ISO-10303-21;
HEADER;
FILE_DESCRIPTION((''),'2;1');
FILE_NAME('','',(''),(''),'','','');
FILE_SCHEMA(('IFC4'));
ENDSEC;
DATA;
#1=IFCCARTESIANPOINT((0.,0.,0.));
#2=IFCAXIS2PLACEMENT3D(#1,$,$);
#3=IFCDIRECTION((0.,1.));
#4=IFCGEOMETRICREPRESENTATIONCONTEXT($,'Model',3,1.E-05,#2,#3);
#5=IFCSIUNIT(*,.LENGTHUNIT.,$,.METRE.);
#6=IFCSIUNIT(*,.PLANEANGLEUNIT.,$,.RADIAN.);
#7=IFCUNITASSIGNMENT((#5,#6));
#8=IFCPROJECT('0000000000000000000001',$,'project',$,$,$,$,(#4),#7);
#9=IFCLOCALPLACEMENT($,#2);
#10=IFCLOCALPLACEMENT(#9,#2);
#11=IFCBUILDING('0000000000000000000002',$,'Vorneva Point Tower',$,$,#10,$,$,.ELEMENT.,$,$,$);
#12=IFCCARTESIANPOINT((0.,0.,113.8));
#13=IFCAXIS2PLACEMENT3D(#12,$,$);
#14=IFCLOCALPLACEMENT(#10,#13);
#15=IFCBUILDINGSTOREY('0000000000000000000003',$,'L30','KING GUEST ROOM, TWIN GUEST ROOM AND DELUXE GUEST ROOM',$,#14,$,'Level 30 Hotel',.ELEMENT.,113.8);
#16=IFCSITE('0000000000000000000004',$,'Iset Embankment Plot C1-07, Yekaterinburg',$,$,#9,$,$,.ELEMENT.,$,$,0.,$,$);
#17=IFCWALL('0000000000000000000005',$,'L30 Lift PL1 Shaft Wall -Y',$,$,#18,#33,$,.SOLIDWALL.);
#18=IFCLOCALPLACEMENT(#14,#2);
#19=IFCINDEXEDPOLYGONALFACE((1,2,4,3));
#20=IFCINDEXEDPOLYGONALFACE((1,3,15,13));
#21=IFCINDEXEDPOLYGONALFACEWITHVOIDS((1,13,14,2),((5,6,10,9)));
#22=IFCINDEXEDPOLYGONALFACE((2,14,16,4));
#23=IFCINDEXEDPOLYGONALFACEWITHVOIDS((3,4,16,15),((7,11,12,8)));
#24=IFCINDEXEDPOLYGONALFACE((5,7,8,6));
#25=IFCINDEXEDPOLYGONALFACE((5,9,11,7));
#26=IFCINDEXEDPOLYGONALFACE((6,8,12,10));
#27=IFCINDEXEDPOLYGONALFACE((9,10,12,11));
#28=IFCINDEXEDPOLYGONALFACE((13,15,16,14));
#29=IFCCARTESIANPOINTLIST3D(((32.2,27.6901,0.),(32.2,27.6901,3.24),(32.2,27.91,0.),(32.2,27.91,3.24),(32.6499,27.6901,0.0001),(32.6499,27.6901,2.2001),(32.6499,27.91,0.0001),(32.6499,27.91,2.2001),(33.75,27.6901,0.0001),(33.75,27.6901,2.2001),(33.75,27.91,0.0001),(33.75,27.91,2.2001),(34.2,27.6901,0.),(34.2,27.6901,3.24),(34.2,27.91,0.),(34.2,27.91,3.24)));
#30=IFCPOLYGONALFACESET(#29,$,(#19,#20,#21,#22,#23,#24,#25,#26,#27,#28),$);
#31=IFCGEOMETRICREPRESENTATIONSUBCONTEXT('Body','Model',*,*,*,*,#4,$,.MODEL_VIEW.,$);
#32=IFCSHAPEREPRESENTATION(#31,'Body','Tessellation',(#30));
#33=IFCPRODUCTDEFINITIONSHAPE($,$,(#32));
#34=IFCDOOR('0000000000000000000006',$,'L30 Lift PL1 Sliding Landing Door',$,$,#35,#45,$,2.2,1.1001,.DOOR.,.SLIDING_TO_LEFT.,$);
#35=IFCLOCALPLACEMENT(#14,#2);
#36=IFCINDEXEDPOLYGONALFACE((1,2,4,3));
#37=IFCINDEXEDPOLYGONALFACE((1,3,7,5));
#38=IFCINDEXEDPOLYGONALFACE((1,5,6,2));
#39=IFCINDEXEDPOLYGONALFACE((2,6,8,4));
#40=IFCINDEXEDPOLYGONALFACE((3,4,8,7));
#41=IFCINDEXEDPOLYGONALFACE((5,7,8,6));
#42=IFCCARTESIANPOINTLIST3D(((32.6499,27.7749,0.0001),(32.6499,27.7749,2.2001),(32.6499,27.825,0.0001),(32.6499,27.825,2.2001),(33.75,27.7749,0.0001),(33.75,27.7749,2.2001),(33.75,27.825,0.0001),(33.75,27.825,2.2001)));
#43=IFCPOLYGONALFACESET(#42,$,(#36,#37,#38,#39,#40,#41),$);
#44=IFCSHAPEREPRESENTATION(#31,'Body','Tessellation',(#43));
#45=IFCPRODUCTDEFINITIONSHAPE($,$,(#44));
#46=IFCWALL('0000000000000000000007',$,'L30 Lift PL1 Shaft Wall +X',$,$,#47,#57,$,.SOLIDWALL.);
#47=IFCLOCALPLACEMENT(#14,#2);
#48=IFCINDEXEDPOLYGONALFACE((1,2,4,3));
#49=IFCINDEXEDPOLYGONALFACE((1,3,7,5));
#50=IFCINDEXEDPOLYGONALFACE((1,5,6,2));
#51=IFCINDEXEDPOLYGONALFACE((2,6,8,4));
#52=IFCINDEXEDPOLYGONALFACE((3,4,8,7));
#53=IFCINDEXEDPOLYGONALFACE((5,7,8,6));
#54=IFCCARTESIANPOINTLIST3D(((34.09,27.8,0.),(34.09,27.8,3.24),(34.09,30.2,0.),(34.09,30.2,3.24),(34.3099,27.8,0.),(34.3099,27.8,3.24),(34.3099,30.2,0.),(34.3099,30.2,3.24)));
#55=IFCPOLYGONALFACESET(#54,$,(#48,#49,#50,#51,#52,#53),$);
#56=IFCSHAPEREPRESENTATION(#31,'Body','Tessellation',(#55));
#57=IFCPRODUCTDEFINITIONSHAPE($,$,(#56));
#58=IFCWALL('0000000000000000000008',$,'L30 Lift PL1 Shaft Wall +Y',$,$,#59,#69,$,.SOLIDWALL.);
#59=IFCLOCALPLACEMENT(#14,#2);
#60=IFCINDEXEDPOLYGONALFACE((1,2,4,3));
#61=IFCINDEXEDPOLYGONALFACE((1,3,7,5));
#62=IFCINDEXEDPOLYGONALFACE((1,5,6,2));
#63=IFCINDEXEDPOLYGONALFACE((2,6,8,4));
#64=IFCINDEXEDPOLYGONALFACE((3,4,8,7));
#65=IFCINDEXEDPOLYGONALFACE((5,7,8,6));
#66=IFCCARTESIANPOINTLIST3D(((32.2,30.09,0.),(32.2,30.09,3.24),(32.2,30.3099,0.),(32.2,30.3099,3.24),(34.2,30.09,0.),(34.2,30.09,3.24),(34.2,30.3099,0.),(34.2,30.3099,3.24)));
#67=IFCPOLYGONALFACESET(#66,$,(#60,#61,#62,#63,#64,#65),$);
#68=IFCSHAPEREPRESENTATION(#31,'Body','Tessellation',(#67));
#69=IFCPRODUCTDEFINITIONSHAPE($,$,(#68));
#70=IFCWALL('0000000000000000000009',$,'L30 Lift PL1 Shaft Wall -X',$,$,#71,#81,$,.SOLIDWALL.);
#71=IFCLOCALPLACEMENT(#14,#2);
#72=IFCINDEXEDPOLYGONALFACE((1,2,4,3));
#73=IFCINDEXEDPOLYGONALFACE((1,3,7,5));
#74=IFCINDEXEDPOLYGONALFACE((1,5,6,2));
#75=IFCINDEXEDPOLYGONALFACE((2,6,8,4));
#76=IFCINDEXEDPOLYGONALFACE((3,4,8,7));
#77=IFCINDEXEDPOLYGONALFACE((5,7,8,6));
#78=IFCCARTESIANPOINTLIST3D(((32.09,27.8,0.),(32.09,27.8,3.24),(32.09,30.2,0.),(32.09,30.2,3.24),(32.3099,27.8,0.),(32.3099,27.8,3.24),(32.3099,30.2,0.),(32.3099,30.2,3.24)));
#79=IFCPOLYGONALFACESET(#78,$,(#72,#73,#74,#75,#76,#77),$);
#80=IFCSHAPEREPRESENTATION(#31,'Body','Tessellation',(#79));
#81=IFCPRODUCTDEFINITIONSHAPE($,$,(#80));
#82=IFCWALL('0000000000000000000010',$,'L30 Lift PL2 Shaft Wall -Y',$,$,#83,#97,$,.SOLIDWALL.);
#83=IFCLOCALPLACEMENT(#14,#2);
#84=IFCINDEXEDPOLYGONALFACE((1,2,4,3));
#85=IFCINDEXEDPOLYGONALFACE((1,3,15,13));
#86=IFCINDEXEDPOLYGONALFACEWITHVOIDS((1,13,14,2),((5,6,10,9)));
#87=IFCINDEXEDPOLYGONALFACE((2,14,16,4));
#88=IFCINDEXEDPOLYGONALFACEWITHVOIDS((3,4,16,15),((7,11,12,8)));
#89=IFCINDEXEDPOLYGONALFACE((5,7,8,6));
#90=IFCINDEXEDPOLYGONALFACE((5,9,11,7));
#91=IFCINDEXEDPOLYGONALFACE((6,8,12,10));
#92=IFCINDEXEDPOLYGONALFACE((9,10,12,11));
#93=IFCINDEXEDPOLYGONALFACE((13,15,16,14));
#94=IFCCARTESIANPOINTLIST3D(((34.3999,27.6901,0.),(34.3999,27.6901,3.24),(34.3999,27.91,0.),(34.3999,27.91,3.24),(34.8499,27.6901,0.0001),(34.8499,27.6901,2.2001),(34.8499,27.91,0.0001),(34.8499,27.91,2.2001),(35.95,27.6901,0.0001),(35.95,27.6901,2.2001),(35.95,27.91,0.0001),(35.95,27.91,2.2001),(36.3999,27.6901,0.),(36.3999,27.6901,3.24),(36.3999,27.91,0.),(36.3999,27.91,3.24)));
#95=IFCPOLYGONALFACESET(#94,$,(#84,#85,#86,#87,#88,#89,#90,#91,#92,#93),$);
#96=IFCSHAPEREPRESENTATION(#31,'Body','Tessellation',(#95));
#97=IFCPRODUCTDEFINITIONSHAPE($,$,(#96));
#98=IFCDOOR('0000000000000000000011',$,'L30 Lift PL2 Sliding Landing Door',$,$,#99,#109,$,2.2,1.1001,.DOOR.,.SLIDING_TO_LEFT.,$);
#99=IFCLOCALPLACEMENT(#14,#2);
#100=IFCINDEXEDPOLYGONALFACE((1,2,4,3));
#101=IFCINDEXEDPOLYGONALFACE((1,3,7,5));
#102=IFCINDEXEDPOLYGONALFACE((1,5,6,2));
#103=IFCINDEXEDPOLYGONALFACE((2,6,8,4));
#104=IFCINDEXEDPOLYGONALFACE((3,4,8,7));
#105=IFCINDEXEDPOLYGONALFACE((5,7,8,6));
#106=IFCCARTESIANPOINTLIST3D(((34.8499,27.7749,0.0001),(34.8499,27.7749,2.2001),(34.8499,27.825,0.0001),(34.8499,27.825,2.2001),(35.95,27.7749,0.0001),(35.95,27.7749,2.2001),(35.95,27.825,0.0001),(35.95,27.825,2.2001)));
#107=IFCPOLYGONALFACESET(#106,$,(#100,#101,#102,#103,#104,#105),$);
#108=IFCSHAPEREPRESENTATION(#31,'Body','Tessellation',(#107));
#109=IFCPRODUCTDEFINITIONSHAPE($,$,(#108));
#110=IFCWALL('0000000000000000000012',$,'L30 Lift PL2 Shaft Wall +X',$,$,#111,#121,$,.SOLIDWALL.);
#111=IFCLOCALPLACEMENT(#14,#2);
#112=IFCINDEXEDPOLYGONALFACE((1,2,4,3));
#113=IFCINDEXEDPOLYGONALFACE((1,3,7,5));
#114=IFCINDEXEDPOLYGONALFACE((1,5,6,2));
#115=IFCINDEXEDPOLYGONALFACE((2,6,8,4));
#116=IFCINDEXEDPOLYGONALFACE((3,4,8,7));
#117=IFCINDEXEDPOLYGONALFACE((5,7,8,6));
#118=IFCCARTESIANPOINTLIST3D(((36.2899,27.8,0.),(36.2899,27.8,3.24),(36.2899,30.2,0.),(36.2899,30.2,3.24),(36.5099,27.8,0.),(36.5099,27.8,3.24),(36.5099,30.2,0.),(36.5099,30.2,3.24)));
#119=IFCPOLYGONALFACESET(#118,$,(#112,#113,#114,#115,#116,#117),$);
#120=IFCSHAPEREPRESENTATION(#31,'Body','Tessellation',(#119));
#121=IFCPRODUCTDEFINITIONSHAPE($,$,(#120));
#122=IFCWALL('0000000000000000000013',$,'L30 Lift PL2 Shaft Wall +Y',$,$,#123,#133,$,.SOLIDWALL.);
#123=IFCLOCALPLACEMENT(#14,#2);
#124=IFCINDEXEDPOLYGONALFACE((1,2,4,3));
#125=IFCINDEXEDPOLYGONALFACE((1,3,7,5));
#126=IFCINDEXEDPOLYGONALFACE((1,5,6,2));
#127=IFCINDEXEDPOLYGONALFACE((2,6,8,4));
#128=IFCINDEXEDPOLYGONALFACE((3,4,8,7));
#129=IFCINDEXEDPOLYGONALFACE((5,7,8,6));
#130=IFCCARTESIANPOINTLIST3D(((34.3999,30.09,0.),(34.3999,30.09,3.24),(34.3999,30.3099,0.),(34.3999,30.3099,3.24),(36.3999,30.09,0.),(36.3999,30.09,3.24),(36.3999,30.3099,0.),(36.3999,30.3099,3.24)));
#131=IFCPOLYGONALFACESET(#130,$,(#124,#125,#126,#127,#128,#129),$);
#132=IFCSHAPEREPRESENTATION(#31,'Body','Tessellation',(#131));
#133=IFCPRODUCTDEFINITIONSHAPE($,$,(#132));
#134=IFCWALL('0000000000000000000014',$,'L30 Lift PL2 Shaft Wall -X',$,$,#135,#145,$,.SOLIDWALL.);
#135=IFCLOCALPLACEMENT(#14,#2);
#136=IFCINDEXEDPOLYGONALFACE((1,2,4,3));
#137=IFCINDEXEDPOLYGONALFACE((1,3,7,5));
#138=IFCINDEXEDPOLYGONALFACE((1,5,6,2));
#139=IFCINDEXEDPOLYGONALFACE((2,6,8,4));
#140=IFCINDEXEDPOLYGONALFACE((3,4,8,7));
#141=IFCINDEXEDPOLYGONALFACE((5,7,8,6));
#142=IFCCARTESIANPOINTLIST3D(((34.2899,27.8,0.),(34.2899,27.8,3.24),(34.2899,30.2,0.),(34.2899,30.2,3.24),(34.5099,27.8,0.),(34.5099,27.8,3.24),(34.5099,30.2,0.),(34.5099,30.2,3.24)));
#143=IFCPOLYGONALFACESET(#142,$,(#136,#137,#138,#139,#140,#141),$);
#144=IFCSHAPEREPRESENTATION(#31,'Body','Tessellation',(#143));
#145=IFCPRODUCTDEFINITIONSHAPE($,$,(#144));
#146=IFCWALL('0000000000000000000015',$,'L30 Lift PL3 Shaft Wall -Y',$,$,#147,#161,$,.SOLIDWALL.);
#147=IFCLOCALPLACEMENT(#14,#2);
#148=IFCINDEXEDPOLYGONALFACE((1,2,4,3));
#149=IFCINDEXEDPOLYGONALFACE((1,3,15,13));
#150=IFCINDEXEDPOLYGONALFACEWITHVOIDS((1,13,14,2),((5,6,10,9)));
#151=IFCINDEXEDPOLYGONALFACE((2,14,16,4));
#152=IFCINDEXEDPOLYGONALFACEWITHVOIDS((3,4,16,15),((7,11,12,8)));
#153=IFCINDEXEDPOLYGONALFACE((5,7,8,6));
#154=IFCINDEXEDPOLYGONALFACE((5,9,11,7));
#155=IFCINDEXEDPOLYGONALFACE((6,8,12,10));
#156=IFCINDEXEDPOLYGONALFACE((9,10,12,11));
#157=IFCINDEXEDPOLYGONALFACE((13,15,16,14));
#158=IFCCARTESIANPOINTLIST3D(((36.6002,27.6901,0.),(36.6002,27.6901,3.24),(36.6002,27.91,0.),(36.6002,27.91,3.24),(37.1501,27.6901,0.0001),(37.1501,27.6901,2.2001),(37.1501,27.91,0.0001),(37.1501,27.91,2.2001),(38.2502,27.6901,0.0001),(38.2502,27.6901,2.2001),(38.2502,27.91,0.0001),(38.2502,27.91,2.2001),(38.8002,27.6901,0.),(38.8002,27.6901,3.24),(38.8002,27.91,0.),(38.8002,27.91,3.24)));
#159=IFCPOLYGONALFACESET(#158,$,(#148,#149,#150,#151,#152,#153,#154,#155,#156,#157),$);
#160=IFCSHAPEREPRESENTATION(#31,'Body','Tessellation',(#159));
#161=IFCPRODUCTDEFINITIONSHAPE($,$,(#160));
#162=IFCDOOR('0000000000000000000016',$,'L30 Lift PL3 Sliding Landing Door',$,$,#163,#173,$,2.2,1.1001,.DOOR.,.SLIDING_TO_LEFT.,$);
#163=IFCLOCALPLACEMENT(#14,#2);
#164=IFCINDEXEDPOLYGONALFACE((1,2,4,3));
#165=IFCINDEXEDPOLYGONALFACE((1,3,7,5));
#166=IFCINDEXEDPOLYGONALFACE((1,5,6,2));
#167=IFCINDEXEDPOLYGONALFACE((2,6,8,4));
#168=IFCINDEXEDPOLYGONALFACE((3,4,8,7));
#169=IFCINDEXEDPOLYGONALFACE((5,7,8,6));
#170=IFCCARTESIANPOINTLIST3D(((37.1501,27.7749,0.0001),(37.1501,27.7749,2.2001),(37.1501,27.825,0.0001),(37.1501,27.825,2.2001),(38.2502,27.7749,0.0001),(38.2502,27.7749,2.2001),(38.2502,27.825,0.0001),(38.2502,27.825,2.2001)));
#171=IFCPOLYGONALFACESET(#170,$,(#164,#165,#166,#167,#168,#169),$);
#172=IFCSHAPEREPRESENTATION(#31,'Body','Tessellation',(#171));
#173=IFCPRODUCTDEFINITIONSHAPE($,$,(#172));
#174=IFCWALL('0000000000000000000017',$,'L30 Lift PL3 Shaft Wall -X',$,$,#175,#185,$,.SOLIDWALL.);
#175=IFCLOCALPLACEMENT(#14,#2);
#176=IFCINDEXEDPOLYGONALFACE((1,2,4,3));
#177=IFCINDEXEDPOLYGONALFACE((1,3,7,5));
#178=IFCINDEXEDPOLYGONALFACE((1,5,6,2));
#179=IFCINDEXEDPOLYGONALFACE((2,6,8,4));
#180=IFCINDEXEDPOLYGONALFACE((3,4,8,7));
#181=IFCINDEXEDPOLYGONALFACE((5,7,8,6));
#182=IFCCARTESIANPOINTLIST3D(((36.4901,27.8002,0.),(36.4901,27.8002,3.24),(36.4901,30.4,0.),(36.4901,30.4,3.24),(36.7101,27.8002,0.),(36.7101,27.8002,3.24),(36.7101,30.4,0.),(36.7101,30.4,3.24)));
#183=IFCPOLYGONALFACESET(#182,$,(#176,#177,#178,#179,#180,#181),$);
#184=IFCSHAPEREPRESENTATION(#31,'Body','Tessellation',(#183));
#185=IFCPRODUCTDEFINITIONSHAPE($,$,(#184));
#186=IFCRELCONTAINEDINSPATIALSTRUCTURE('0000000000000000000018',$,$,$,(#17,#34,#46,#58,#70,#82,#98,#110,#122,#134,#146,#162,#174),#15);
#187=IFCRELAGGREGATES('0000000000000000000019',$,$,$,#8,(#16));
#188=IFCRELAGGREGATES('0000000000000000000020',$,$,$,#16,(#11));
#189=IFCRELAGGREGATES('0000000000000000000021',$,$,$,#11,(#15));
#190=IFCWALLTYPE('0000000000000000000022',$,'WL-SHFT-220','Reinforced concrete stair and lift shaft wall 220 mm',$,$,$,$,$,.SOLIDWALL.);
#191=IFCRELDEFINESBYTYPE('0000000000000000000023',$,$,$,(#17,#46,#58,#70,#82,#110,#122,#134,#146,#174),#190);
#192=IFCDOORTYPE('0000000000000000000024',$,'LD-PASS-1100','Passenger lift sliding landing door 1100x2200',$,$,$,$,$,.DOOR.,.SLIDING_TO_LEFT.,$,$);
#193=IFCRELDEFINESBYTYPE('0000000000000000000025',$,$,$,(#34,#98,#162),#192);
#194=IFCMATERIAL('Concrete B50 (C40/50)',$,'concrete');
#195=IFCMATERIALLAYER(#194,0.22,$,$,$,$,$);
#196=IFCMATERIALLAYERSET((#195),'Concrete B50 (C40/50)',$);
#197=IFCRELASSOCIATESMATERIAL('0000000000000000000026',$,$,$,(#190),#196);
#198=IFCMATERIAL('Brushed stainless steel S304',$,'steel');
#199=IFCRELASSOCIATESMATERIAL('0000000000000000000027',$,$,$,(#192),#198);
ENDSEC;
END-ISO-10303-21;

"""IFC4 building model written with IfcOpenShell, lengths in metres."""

from ifc_helpers import new_model, si_unit, direction, frame, frame_2d, origin, place, context, subcontext, project, spatial, rectangle, extrude, material, layer, layer_set, type_object, element, fill, save


model = new_model("IFC4")

# Units and contexts
model_context = context("Model", 3, precision=1e-05, world=origin(), true_north=direction((0.0, 1.0)))
body_context = subcontext(model_context, "Body", "Model", "MODEL_VIEW")
ifc_project = project(units=[si_unit("LENGTHUNIT", "METRE"), si_unit("PLANEANGLEUNIT", "RADIAN")], contexts=[model_context])

# Site, building, storey
site_placement = place(None, origin())
site = spatial("IfcSite", under=ifc_project, at=site_placement, Name="Iset Embankment Plot C1-07, Yekaterinburg", CompositionType="ELEMENT", RefElevation=0.0)
building_placement = place(site_placement, origin())
building = spatial("IfcBuilding", under=site, at=building_placement, Name="Vorneva Point Tower", CompositionType="ELEMENT")
storey_placement = place(building_placement, frame((0.0, 0.0, 113.8)))
storey = spatial("IfcBuildingStorey", under=building, at=storey_placement, Name="L30", Description="KING GUEST ROOM, TWIN GUEST ROOM AND DELUXE GUEST ROOM", LongName="Level 30 Hotel", CompositionType="ELEMENT", Elevation=113.8)

# Shared definitions
ifc_material_1 = material(Name="Brushed stainless steel S304", Category="steel")

# Wall, opening, door
ifc_material_2 = material(Name="Concrete B50 (C40/50)", Category="concrete")
ifc_layer_1 = layer(ifc_material_2, 0.22)
ifc_layer_set_1 = layer_set([ifc_layer_1], Name="Concrete B50 (C40/50)")
wall_type_1 = type_object("IfcWallType", Name="WL-SHFT-220", Description="Reinforced concrete stair and lift shaft wall 220 mm", PredefinedType="SOLIDWALL", material=ifc_layer_set_1)
wall_1_placement = place(storey_placement, frame((32.2, 27.8, 0.0), z_axis=(0.0, 0.0, 1.0), x_axis=(1.0, 0.0, 0.0)))
wall_1 = element("IfcWall", 1, at=wall_1_placement, inside=storey, type_object=wall_type_1, Name="L30 Lift PL1 Shaft Wall -Y", PredefinedType="SOLIDWALL", context=body_context, shape_type="SweptSolid", body=[
    extrude(rectangle(XDim=2.0, YDim=0.22, at=frame_2d((1.0, 0.0))), origin(), (0.0, 0.0, 1.0), 3.24),
])
opening_1_placement = place(wall_1_placement, frame((0.45, 0.0, 0.0)))
opening_1 = element("IfcOpeningElement", 2, at=opening_1_placement, cuts=wall_1, PredefinedType="OPENING", context=body_context, shape_type="SweptSolid", body=[
    extrude(rectangle(XDim=1.1001, YDim=2.2, at=frame_2d((0.55, 1.1001))), frame((0.0, 0.125, 0.0), z_axis=(0.0, -1.0, 0.0), x_axis=(1.0, 0.0, 0.0)), (0.0, 0.0, 1.0), 0.2498),
])
door_type_1 = type_object("IfcDoorType", Name="LD-PASS-1100", Description="Passenger lift sliding landing door 1100x2200", OperationType="SLIDING_TO_LEFT", PredefinedType="DOOR", material=ifc_material_1)
door_1_placement = place(opening_1_placement, origin())
door_1 = element("IfcDoor", 3, at=door_1_placement, inside=storey, type_object=door_type_1, Name="L30 Lift PL1 Sliding Landing Door", OperationType="SLIDING_TO_LEFT", OverallHeight=2.2, OverallWidth=1.1001, PredefinedType="DOOR", context=body_context, shape_type="SweptSolid", body=[
    extrude(rectangle(XDim=1.1001, YDim=2.2, at=frame_2d((0.55, 1.1001))), frame((0.0, 0.0249, 0.0), z_axis=(0.0, -1.0, 0.0), x_axis=(1.0, 0.0, 0.0)), (0.0, 0.0, 1.0), 0.05),
])
fill(opening_1, door_1)

# Walls
wall_2_placement = place(storey_placement, frame((34.2, 27.8, 0.0), z_axis=(0.0, 0.0, 1.0), x_axis=(0.0, 1.0, 0.0)))
element("IfcWall", 4, at=wall_2_placement, inside=storey, type_object=wall_type_1, Name="L30 Lift PL1 Shaft Wall +X", PredefinedType="SOLIDWALL", context=body_context, shape_type="SweptSolid", body=[
    extrude(rectangle(XDim=2.3999, YDim=0.22, at=frame_2d((1.2, 0.0))), origin(), (0.0, 0.0, 1.0), 3.24),
])
wall_3_placement = place(storey_placement, frame((34.2, 30.2, 0.0), z_axis=(0.0, 0.0, 1.0), x_axis=(-1.0, 0.0, 0.0)))
element("IfcWall", 5, at=wall_3_placement, inside=storey, type_object=wall_type_1, Name="L30 Lift PL1 Shaft Wall +Y", PredefinedType="SOLIDWALL", context=body_context, shape_type="SweptSolid", body=[
    extrude(rectangle(XDim=2.0, YDim=0.22, at=frame_2d((1.0, 0.0))), origin(), (0.0, 0.0, 1.0), 3.24),
])
wall_4_placement = place(storey_placement, frame((32.2, 30.2, 0.0), z_axis=(0.0, 0.0, 1.0), x_axis=(0.0, -1.0, 0.0)))
element("IfcWall", 6, at=wall_4_placement, inside=storey, type_object=wall_type_1, Name="L30 Lift PL1 Shaft Wall -X", PredefinedType="SOLIDWALL", context=body_context, shape_type="SweptSolid", body=[
    extrude(rectangle(XDim=2.3999, YDim=0.22, at=frame_2d((1.2, 0.0))), origin(), (0.0, 0.0, 1.0), 3.24),
])

# Wall, opening, door
wall_5_placement = place(storey_placement, frame((34.3999, 27.8, 0.0), z_axis=(0.0, 0.0, 1.0), x_axis=(1.0, 0.0, 0.0)))
wall_5 = element("IfcWall", 7, at=wall_5_placement, inside=storey, type_object=wall_type_1, Name="L30 Lift PL2 Shaft Wall -Y", PredefinedType="SOLIDWALL", context=body_context, shape_type="SweptSolid", body=[
    extrude(rectangle(XDim=2.0, YDim=0.22, at=frame_2d((1.0, 0.0))), origin(), (0.0, 0.0, 1.0), 3.24),
])
opening_2_placement = place(wall_5_placement, frame((0.45, 0.0, 0.0)))
opening_2 = element("IfcOpeningElement", 8, at=opening_2_placement, cuts=wall_5, PredefinedType="OPENING", context=body_context, shape_type="SweptSolid", body=[
    extrude(rectangle(XDim=1.1001, YDim=2.2, at=frame_2d((0.55, 1.1001))), frame((0.0, 0.125, 0.0), z_axis=(0.0, -1.0, 0.0), x_axis=(1.0, 0.0, 0.0)), (0.0, 0.0, 1.0), 0.2498),
])
door_2_placement = place(opening_2_placement, origin())
door_2 = element("IfcDoor", 9, at=door_2_placement, inside=storey, type_object=door_type_1, Name="L30 Lift PL2 Sliding Landing Door", OperationType="SLIDING_TO_LEFT", OverallHeight=2.2, OverallWidth=1.1001, PredefinedType="DOOR", context=body_context, shape_type="SweptSolid", body=[
    extrude(rectangle(XDim=1.1001, YDim=2.2, at=frame_2d((0.55, 1.1001))), frame((0.0, 0.0249, 0.0), z_axis=(0.0, -1.0, 0.0), x_axis=(1.0, 0.0, 0.0)), (0.0, 0.0, 1.0), 0.05),
])
fill(opening_2, door_2)

# Walls
wall_6_placement = place(storey_placement, frame((36.3999, 27.8, 0.0), z_axis=(0.0, 0.0, 1.0), x_axis=(0.0, 1.0, 0.0)))
element("IfcWall", 10, at=wall_6_placement, inside=storey, type_object=wall_type_1, Name="L30 Lift PL2 Shaft Wall +X", PredefinedType="SOLIDWALL", context=body_context, shape_type="SweptSolid", body=[
    extrude(rectangle(XDim=2.3999, YDim=0.22, at=frame_2d((1.2, 0.0))), origin(), (0.0, 0.0, 1.0), 3.24),
])
wall_7_placement = place(storey_placement, frame((36.3999, 30.2, 0.0), z_axis=(0.0, 0.0, 1.0), x_axis=(-1.0, 0.0, 0.0)))
element("IfcWall", 11, at=wall_7_placement, inside=storey, type_object=wall_type_1, Name="L30 Lift PL2 Shaft Wall +Y", PredefinedType="SOLIDWALL", context=body_context, shape_type="SweptSolid", body=[
    extrude(rectangle(XDim=2.0, YDim=0.22, at=frame_2d((1.0, 0.0))), origin(), (0.0, 0.0, 1.0), 3.24),
])
wall_8_placement = place(storey_placement, frame((34.3999, 30.2, 0.0), z_axis=(0.0, 0.0, 1.0), x_axis=(0.0, -1.0, 0.0)))
element("IfcWall", 12, at=wall_8_placement, inside=storey, type_object=wall_type_1, Name="L30 Lift PL2 Shaft Wall -X", PredefinedType="SOLIDWALL", context=body_context, shape_type="SweptSolid", body=[
    extrude(rectangle(XDim=2.3999, YDim=0.22, at=frame_2d((1.2, 0.0))), origin(), (0.0, 0.0, 1.0), 3.24),
])

# Wall, opening, door
wall_9_placement = place(storey_placement, frame((36.6001, 27.8, 0.0), z_axis=(0.0, 0.0, 1.0), x_axis=(1.0, 0.0, 0.0)))
wall_9 = element("IfcWall", 13, at=wall_9_placement, inside=storey, type_object=wall_type_1, Name="L30 Lift PL3 Shaft Wall -Y", PredefinedType="SOLIDWALL", context=body_context, shape_type="SweptSolid", body=[
    extrude(rectangle(XDim=2.2, YDim=0.22, at=frame_2d((1.1001, 0.0))), origin(), (0.0, 0.0, 1.0), 3.24),
])
opening_3_placement = place(wall_9_placement, frame((0.55, 0.0, 0.0)))
opening_3 = element("IfcOpeningElement", 14, at=opening_3_placement, cuts=wall_9, PredefinedType="OPENING", context=body_context, shape_type="SweptSolid", body=[
    extrude(rectangle(XDim=1.1001, YDim=2.2, at=frame_2d((0.55, 1.1001))), frame((0.0, 0.125, 0.0), z_axis=(0.0, -1.0, 0.0), x_axis=(1.0, 0.0, 0.0)), (0.0, 0.0, 1.0), 0.2498),
])
door_3_placement = place(opening_3_placement, origin())
door_3 = element("IfcDoor", 15, at=door_3_placement, inside=storey, type_object=door_type_1, Name="L30 Lift PL3 Sliding Landing Door", OperationType="SLIDING_TO_LEFT", OverallHeight=2.2, OverallWidth=1.1001, PredefinedType="DOOR", context=body_context, shape_type="SweptSolid", body=[
    extrude(rectangle(XDim=1.1001, YDim=2.2, at=frame_2d((0.55, 1.1001))), frame((0.0, 0.0249, 0.0), z_axis=(0.0, -1.0, 0.0), x_axis=(1.0, 0.0, 0.0)), (0.0, 0.0, 1.0), 0.05),
])
fill(opening_3, door_3)

# Wall
wall_10_placement = place(storey_placement, frame((36.6001, 30.3999, 0.0), z_axis=(0.0, 0.0, 1.0), x_axis=(0.0, -1.0, 0.0)))
element("IfcWall", 16, at=wall_10_placement, inside=storey, type_object=wall_type_1, Name="L30 Lift PL3 Shaft Wall -X", PredefinedType="SOLIDWALL", context=body_context, shape_type="SweptSolid", body=[
    extrude(rectangle(XDim=2.5999, YDim=0.22, at=frame_2d((1.2998, 0.0))), origin(), (0.0, 0.0, 1.0), 3.24),
])

save(model, "model.ifc")
